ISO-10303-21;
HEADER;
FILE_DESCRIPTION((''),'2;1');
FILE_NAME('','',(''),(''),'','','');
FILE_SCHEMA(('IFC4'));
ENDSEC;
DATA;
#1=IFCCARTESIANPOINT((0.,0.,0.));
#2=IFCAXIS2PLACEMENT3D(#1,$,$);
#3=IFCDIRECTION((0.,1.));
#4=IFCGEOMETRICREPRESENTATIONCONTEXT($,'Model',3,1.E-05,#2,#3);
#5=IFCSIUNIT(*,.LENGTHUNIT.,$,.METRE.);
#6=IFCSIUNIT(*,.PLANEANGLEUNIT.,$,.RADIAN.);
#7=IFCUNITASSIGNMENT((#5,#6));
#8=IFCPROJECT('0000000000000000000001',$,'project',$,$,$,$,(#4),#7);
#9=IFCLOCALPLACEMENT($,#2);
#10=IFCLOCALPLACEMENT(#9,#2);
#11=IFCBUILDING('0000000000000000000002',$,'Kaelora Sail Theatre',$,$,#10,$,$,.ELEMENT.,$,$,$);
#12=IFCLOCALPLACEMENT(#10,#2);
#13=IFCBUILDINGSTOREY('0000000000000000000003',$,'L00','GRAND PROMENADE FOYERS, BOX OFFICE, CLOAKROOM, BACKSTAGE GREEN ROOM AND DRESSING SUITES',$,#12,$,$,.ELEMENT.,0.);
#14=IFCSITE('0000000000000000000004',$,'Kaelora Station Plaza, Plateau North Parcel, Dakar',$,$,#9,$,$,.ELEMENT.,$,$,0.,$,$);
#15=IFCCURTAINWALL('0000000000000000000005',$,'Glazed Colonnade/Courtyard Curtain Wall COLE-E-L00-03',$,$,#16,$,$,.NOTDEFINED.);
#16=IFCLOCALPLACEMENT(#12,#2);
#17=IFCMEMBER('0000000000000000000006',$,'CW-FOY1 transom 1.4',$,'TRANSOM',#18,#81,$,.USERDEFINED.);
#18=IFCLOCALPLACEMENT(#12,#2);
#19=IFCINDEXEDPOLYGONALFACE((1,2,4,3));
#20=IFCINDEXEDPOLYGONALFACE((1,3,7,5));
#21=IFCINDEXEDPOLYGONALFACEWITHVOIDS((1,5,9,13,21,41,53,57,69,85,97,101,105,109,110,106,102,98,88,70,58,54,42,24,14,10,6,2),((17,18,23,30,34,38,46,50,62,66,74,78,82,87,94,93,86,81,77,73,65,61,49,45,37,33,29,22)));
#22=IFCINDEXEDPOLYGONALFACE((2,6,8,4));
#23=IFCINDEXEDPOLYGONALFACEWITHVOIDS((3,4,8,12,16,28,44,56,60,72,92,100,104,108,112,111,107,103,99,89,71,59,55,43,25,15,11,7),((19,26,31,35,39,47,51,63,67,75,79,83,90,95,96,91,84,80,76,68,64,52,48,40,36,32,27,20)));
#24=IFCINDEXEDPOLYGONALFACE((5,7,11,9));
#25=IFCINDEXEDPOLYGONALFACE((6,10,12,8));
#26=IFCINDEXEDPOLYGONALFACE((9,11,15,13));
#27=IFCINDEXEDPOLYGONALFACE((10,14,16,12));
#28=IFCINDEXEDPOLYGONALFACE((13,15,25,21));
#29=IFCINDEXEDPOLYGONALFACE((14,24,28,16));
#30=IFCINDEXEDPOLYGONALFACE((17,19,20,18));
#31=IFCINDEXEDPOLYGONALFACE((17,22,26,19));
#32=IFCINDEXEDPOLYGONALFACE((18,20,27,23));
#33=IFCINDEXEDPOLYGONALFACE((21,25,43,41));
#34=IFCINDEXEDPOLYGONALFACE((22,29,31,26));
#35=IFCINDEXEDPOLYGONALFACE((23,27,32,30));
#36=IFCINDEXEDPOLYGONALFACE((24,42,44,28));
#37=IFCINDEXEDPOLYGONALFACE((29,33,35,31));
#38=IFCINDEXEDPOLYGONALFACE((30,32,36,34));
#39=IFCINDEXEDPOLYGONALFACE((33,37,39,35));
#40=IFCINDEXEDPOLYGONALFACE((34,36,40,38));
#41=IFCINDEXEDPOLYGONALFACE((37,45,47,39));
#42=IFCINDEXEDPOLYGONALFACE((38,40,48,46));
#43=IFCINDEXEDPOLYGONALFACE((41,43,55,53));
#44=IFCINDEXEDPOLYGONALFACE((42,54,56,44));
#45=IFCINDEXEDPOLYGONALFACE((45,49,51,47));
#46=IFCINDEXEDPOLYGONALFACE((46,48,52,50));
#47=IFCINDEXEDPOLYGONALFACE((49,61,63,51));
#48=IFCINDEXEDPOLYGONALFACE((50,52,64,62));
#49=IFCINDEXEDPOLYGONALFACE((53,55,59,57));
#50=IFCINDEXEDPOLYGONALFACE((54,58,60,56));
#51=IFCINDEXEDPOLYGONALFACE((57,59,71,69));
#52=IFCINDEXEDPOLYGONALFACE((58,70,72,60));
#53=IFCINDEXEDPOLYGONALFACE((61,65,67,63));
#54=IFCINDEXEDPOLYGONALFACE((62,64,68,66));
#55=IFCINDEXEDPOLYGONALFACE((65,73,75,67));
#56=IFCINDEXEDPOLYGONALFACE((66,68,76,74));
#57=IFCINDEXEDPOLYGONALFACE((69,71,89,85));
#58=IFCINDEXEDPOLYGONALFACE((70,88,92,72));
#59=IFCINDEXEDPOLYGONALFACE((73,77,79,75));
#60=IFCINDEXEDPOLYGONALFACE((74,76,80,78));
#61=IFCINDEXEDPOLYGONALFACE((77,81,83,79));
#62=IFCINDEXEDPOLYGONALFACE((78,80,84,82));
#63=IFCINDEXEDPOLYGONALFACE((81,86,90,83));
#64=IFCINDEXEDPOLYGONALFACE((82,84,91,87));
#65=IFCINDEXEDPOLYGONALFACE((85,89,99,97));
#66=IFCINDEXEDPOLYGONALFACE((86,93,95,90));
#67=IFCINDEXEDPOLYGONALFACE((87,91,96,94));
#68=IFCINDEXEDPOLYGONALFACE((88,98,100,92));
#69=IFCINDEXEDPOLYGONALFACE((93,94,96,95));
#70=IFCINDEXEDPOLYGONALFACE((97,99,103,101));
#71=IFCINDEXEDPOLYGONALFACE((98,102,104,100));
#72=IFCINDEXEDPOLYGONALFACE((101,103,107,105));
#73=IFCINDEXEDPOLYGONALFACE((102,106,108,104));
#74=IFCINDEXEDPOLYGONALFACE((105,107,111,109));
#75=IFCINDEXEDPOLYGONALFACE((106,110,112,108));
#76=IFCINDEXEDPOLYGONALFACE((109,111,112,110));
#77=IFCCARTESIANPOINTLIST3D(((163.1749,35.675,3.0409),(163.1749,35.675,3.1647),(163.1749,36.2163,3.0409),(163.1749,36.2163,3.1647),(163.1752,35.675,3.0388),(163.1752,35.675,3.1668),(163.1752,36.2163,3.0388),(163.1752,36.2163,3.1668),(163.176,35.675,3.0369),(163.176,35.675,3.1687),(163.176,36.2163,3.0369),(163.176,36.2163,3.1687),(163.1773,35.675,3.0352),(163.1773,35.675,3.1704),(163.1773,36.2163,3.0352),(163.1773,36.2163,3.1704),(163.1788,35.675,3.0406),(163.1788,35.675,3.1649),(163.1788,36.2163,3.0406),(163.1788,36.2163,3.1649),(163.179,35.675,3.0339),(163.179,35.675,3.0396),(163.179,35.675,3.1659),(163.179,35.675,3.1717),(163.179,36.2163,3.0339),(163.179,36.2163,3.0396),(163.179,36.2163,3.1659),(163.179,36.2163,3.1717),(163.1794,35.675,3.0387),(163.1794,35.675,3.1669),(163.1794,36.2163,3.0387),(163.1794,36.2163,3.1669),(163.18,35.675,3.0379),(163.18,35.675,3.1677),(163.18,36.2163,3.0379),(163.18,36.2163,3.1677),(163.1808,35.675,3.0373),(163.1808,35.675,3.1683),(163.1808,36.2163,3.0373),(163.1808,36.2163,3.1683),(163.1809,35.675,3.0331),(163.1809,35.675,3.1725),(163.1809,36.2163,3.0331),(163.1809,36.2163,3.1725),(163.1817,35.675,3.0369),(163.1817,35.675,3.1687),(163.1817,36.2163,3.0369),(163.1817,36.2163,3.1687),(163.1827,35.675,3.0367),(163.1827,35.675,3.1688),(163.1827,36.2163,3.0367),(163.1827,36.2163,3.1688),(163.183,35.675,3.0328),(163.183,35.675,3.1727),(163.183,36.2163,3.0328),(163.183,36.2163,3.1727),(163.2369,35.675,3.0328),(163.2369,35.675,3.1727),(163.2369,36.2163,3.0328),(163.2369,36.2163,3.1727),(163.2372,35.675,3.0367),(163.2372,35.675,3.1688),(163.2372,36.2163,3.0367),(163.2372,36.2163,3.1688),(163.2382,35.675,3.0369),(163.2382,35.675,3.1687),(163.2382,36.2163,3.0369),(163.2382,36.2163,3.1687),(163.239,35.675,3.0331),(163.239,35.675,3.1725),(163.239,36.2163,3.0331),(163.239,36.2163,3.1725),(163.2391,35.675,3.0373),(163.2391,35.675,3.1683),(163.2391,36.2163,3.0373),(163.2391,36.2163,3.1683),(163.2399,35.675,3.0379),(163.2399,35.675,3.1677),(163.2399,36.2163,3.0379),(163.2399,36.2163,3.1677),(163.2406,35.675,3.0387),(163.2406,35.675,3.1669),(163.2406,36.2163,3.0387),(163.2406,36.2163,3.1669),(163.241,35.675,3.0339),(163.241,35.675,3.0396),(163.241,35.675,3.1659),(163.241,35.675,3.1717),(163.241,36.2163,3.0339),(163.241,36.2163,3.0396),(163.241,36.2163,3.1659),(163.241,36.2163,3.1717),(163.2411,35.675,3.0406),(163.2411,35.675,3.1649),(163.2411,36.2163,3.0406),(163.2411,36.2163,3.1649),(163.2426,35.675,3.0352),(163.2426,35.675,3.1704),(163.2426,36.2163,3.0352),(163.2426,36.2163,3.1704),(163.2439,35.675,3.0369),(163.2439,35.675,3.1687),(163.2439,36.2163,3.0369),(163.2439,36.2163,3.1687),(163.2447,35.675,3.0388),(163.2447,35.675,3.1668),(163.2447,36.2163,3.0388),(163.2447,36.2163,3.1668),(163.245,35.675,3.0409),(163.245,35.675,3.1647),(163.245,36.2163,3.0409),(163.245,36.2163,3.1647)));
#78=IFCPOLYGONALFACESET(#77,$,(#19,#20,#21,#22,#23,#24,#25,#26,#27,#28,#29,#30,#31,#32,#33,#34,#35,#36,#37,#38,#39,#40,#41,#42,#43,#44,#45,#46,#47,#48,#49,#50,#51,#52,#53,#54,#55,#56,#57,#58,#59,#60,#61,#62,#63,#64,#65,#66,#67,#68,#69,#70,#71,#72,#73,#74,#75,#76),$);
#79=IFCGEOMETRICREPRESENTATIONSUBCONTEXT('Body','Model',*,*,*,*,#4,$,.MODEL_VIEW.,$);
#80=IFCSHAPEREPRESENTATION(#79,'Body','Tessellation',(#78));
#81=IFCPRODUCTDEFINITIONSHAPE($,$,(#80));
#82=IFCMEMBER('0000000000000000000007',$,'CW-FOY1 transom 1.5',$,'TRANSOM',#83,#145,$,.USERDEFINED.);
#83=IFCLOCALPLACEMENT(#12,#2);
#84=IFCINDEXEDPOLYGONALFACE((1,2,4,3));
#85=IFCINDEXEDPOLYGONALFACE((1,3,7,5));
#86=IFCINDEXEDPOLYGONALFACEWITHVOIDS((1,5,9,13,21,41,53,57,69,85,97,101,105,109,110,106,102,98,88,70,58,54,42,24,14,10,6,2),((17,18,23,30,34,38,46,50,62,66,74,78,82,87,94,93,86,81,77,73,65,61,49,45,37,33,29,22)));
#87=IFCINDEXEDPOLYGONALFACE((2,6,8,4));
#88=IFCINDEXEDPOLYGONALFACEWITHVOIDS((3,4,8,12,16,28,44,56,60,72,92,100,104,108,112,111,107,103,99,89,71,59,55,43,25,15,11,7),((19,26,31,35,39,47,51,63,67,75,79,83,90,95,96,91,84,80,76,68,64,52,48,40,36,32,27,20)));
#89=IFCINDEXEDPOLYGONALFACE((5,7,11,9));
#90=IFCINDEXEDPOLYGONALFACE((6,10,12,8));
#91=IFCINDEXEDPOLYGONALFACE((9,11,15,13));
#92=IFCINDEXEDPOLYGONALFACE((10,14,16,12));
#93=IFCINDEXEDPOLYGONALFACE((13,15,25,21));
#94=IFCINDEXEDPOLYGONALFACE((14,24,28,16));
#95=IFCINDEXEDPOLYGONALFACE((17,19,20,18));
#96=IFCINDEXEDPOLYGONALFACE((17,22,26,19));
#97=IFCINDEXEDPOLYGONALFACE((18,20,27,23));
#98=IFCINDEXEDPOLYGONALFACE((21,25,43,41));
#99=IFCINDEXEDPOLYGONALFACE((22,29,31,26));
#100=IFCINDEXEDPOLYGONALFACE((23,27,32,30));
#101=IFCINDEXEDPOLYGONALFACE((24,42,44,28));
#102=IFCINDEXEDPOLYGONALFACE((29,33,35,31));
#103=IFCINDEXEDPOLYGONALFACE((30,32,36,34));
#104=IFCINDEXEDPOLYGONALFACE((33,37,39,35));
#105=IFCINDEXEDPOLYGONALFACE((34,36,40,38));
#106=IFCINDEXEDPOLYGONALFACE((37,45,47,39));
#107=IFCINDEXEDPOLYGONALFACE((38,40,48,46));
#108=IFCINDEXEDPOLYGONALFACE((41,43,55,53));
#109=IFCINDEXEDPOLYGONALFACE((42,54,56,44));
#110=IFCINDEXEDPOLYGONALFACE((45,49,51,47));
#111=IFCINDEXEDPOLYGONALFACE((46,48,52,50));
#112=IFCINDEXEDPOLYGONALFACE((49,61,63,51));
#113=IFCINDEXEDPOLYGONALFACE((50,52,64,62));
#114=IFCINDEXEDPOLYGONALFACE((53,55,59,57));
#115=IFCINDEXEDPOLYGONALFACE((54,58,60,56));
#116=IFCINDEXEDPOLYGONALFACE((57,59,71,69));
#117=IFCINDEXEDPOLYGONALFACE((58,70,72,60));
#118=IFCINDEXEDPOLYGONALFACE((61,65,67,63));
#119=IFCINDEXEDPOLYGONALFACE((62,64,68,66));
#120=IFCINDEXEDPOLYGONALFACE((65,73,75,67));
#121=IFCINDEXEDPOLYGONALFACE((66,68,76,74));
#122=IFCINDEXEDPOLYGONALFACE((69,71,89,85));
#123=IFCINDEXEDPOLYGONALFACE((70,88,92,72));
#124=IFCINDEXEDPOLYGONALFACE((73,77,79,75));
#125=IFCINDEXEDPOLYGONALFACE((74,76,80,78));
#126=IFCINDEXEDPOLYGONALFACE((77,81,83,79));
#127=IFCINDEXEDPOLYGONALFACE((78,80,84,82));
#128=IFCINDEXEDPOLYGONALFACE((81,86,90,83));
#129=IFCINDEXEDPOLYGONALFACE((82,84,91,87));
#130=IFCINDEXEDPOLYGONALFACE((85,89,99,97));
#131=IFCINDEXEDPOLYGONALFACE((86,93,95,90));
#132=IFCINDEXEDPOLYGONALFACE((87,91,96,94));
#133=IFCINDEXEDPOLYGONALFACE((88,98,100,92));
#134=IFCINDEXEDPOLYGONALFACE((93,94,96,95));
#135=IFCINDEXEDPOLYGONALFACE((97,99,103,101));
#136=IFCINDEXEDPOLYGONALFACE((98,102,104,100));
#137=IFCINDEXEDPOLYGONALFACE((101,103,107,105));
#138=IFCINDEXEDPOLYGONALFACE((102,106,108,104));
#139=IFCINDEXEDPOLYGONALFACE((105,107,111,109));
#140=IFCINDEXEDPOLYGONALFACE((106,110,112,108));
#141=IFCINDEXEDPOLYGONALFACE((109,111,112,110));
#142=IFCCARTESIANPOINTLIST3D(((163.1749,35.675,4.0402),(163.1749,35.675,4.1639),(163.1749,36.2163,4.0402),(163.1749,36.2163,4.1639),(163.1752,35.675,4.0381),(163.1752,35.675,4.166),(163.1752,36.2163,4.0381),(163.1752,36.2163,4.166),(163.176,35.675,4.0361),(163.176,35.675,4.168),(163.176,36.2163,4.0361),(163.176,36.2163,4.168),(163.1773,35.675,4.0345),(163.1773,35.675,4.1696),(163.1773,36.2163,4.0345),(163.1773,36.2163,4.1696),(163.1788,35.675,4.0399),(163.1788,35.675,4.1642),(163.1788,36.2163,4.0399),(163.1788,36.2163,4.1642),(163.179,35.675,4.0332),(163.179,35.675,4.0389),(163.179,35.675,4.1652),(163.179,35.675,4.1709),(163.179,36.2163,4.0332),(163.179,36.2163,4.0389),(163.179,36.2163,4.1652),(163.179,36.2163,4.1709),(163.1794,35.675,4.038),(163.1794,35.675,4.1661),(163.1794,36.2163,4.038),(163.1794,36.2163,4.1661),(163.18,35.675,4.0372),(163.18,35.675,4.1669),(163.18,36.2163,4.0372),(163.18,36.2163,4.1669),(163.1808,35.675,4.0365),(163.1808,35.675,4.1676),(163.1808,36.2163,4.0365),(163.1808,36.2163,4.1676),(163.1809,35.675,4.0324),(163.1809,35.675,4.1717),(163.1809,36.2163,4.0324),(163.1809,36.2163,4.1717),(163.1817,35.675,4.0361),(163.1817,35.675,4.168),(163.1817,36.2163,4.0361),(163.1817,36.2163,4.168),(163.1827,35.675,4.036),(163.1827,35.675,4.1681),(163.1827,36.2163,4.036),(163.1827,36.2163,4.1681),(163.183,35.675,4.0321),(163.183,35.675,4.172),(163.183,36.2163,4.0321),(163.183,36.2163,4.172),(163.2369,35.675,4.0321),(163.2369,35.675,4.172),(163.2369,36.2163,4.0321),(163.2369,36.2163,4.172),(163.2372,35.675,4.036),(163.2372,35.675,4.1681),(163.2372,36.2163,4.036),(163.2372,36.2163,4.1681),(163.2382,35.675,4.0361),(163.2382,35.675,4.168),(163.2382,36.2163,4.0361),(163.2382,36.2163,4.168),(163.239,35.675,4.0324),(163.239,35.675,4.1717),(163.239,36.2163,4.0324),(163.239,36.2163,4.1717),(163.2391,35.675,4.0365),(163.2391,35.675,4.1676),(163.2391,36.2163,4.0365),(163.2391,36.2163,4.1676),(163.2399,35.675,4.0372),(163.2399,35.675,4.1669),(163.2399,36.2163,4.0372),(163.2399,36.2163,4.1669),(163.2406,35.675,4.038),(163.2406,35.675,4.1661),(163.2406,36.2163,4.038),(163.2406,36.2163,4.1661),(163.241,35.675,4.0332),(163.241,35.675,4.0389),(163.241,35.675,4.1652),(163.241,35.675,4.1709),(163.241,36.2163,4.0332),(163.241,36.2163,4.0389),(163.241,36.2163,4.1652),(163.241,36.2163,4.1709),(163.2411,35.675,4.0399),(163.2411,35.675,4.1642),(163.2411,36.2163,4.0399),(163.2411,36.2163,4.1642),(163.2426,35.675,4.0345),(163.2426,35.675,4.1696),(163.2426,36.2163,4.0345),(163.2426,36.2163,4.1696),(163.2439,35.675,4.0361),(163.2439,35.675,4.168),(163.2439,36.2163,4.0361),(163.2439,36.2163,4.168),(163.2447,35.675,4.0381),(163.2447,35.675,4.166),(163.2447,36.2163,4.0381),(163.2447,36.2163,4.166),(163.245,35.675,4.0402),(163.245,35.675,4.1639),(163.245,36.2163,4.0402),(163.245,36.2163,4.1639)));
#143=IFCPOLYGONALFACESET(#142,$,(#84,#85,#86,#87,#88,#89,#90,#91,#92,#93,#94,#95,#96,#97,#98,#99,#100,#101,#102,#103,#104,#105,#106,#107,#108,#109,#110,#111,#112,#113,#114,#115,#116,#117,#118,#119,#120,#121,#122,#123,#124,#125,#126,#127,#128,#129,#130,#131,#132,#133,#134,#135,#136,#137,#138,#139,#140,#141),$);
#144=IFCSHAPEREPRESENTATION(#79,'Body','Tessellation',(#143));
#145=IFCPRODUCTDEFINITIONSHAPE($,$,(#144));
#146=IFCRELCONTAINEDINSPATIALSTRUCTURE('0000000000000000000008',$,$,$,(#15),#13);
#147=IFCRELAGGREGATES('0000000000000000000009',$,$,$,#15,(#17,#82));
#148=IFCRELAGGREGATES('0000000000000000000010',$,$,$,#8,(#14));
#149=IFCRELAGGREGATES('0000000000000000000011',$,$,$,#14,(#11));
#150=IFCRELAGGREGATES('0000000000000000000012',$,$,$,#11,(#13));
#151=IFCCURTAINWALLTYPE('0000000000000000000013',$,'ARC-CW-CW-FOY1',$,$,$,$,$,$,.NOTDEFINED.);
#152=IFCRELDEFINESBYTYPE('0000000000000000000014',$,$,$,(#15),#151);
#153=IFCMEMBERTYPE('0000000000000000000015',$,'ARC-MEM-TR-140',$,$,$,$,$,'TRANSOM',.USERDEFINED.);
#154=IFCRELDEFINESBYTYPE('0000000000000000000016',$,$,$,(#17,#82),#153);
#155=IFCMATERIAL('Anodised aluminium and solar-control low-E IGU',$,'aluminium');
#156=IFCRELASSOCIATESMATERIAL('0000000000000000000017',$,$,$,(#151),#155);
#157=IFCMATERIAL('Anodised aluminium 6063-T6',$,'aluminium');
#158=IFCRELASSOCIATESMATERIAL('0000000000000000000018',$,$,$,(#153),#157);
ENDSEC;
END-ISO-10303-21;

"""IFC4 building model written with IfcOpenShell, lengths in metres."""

from ifc_helpers import new_model, si_unit, direction, frame, origin, origin_2d, place, context, subcontext, project, spatial, hollow_rectangle, extrude, material, material_profile, profile_set, type_object, element, aggregate, save


model = new_model("IFC4")

# Units and contexts
model_context = context("Model", 3, precision=1e-05, world=origin(), true_north=direction((0.0, 1.0)))
body_context = subcontext(model_context, "Body", "Model", "MODEL_VIEW")
ifc_project = project(units=[si_unit("LENGTHUNIT", "METRE"), si_unit("PLANEANGLEUNIT", "RADIAN")], contexts=[model_context])

# Site, building, storey
site_placement = place(None, origin())
site = spatial("IfcSite", under=ifc_project, at=site_placement, Name="Kaelora Station Plaza, Plateau North Parcel, Dakar", CompositionType="ELEMENT", RefElevation=0.0)
building_placement = place(site_placement, origin())
building = spatial("IfcBuilding", under=site, at=building_placement, Name="Kaelora Sail Theatre", CompositionType="ELEMENT")
storey_placement = place(building_placement, origin())
storey = spatial("IfcBuildingStorey", under=building, at=storey_placement, Name="L00", Description="GRAND PROMENADE FOYERS, BOX OFFICE, CLOAKROOM, BACKSTAGE GREEN ROOM AND DRESSING SUITES", CompositionType="ELEMENT", Elevation=0.0)

# Shared definitions
ifc_material_1 = material(Name="Anodised aluminium and solar-control low-E IGU", Category="aluminium")
curtain_wall_type = type_object("IfcCurtainWallType", Name="ARC-CW-CW-FOY1", PredefinedType="NOTDEFINED", material=ifc_material_1)

# Curtain wall, members
curtain_wall_1_placement = place(storey_placement, origin())
curtain_wall_1 = element("IfcCurtainWall", 1, at=curtain_wall_1_placement, inside=storey, type_object=curtain_wall_type, Name="Glazed Colonnade/Courtyard Curtain Wall COLE-E-L00-03", PredefinedType="NOTDEFINED")
ifc_material_2 = material(Name="Anodised aluminium 6063-T6", Category="aluminium")
ifc_material_profile_1 = material_profile(ifc_material_2, hollow_rectangle(XDim=0.0701, YDim=0.1399, WallThickness=0.0039, InnerFilletRadius=0.0039, OuterFilletRadius=0.0081, at=origin_2d()), Name="ALU-TRAN 70x140x4")
ifc_profile_set_1 = profile_set([ifc_material_profile_1], Name="Anodised aluminium 6063-T6")
member_type_1 = type_object("IfcMemberType", Name="ARC-MEM-TR-140", ElementType="TRANSOM", PredefinedType="USERDEFINED", material=ifc_profile_set_1)
member_1_placement = place(storey_placement, frame((163.21, 35.675, 3.1028), z_axis=(0.0, 1.0, 0.0), x_axis=(-1.0, 0.0, 0.0)))
member_1 = element("IfcMember", 2, at=member_1_placement, type_object=member_type_1, Name="CW-FOY1 transom 1.4", ObjectType="TRANSOM", PredefinedType="USERDEFINED", context=body_context, shape_type="SweptSolid", body=[
    extrude(hollow_rectangle(XDim=0.0701, YDim=0.1399, WallThickness=0.0039, InnerFilletRadius=0.0039, OuterFilletRadius=0.0081, at=origin_2d()), origin(), (0.0, 0.0, 1.0), 0.5413),
])
member_2_placement = place(storey_placement, frame((163.21, 35.675, 4.1021), z_axis=(0.0, 1.0, 0.0), x_axis=(-1.0, 0.0, 0.0)))
member_2 = element("IfcMember", 3, at=member_2_placement, type_object=member_type_1, Name="CW-FOY1 transom 1.5", ObjectType="TRANSOM", PredefinedType="USERDEFINED", context=body_context, shape_type="SweptSolid", body=[
    extrude(hollow_rectangle(XDim=0.0701, YDim=0.1399, WallThickness=0.0039, InnerFilletRadius=0.0039, OuterFilletRadius=0.0081, at=origin_2d()), origin(), (0.0, 0.0, 1.0), 0.5413),
])
aggregate(curtain_wall_1, [member_1, member_2])

save(model, "model.ifc")
